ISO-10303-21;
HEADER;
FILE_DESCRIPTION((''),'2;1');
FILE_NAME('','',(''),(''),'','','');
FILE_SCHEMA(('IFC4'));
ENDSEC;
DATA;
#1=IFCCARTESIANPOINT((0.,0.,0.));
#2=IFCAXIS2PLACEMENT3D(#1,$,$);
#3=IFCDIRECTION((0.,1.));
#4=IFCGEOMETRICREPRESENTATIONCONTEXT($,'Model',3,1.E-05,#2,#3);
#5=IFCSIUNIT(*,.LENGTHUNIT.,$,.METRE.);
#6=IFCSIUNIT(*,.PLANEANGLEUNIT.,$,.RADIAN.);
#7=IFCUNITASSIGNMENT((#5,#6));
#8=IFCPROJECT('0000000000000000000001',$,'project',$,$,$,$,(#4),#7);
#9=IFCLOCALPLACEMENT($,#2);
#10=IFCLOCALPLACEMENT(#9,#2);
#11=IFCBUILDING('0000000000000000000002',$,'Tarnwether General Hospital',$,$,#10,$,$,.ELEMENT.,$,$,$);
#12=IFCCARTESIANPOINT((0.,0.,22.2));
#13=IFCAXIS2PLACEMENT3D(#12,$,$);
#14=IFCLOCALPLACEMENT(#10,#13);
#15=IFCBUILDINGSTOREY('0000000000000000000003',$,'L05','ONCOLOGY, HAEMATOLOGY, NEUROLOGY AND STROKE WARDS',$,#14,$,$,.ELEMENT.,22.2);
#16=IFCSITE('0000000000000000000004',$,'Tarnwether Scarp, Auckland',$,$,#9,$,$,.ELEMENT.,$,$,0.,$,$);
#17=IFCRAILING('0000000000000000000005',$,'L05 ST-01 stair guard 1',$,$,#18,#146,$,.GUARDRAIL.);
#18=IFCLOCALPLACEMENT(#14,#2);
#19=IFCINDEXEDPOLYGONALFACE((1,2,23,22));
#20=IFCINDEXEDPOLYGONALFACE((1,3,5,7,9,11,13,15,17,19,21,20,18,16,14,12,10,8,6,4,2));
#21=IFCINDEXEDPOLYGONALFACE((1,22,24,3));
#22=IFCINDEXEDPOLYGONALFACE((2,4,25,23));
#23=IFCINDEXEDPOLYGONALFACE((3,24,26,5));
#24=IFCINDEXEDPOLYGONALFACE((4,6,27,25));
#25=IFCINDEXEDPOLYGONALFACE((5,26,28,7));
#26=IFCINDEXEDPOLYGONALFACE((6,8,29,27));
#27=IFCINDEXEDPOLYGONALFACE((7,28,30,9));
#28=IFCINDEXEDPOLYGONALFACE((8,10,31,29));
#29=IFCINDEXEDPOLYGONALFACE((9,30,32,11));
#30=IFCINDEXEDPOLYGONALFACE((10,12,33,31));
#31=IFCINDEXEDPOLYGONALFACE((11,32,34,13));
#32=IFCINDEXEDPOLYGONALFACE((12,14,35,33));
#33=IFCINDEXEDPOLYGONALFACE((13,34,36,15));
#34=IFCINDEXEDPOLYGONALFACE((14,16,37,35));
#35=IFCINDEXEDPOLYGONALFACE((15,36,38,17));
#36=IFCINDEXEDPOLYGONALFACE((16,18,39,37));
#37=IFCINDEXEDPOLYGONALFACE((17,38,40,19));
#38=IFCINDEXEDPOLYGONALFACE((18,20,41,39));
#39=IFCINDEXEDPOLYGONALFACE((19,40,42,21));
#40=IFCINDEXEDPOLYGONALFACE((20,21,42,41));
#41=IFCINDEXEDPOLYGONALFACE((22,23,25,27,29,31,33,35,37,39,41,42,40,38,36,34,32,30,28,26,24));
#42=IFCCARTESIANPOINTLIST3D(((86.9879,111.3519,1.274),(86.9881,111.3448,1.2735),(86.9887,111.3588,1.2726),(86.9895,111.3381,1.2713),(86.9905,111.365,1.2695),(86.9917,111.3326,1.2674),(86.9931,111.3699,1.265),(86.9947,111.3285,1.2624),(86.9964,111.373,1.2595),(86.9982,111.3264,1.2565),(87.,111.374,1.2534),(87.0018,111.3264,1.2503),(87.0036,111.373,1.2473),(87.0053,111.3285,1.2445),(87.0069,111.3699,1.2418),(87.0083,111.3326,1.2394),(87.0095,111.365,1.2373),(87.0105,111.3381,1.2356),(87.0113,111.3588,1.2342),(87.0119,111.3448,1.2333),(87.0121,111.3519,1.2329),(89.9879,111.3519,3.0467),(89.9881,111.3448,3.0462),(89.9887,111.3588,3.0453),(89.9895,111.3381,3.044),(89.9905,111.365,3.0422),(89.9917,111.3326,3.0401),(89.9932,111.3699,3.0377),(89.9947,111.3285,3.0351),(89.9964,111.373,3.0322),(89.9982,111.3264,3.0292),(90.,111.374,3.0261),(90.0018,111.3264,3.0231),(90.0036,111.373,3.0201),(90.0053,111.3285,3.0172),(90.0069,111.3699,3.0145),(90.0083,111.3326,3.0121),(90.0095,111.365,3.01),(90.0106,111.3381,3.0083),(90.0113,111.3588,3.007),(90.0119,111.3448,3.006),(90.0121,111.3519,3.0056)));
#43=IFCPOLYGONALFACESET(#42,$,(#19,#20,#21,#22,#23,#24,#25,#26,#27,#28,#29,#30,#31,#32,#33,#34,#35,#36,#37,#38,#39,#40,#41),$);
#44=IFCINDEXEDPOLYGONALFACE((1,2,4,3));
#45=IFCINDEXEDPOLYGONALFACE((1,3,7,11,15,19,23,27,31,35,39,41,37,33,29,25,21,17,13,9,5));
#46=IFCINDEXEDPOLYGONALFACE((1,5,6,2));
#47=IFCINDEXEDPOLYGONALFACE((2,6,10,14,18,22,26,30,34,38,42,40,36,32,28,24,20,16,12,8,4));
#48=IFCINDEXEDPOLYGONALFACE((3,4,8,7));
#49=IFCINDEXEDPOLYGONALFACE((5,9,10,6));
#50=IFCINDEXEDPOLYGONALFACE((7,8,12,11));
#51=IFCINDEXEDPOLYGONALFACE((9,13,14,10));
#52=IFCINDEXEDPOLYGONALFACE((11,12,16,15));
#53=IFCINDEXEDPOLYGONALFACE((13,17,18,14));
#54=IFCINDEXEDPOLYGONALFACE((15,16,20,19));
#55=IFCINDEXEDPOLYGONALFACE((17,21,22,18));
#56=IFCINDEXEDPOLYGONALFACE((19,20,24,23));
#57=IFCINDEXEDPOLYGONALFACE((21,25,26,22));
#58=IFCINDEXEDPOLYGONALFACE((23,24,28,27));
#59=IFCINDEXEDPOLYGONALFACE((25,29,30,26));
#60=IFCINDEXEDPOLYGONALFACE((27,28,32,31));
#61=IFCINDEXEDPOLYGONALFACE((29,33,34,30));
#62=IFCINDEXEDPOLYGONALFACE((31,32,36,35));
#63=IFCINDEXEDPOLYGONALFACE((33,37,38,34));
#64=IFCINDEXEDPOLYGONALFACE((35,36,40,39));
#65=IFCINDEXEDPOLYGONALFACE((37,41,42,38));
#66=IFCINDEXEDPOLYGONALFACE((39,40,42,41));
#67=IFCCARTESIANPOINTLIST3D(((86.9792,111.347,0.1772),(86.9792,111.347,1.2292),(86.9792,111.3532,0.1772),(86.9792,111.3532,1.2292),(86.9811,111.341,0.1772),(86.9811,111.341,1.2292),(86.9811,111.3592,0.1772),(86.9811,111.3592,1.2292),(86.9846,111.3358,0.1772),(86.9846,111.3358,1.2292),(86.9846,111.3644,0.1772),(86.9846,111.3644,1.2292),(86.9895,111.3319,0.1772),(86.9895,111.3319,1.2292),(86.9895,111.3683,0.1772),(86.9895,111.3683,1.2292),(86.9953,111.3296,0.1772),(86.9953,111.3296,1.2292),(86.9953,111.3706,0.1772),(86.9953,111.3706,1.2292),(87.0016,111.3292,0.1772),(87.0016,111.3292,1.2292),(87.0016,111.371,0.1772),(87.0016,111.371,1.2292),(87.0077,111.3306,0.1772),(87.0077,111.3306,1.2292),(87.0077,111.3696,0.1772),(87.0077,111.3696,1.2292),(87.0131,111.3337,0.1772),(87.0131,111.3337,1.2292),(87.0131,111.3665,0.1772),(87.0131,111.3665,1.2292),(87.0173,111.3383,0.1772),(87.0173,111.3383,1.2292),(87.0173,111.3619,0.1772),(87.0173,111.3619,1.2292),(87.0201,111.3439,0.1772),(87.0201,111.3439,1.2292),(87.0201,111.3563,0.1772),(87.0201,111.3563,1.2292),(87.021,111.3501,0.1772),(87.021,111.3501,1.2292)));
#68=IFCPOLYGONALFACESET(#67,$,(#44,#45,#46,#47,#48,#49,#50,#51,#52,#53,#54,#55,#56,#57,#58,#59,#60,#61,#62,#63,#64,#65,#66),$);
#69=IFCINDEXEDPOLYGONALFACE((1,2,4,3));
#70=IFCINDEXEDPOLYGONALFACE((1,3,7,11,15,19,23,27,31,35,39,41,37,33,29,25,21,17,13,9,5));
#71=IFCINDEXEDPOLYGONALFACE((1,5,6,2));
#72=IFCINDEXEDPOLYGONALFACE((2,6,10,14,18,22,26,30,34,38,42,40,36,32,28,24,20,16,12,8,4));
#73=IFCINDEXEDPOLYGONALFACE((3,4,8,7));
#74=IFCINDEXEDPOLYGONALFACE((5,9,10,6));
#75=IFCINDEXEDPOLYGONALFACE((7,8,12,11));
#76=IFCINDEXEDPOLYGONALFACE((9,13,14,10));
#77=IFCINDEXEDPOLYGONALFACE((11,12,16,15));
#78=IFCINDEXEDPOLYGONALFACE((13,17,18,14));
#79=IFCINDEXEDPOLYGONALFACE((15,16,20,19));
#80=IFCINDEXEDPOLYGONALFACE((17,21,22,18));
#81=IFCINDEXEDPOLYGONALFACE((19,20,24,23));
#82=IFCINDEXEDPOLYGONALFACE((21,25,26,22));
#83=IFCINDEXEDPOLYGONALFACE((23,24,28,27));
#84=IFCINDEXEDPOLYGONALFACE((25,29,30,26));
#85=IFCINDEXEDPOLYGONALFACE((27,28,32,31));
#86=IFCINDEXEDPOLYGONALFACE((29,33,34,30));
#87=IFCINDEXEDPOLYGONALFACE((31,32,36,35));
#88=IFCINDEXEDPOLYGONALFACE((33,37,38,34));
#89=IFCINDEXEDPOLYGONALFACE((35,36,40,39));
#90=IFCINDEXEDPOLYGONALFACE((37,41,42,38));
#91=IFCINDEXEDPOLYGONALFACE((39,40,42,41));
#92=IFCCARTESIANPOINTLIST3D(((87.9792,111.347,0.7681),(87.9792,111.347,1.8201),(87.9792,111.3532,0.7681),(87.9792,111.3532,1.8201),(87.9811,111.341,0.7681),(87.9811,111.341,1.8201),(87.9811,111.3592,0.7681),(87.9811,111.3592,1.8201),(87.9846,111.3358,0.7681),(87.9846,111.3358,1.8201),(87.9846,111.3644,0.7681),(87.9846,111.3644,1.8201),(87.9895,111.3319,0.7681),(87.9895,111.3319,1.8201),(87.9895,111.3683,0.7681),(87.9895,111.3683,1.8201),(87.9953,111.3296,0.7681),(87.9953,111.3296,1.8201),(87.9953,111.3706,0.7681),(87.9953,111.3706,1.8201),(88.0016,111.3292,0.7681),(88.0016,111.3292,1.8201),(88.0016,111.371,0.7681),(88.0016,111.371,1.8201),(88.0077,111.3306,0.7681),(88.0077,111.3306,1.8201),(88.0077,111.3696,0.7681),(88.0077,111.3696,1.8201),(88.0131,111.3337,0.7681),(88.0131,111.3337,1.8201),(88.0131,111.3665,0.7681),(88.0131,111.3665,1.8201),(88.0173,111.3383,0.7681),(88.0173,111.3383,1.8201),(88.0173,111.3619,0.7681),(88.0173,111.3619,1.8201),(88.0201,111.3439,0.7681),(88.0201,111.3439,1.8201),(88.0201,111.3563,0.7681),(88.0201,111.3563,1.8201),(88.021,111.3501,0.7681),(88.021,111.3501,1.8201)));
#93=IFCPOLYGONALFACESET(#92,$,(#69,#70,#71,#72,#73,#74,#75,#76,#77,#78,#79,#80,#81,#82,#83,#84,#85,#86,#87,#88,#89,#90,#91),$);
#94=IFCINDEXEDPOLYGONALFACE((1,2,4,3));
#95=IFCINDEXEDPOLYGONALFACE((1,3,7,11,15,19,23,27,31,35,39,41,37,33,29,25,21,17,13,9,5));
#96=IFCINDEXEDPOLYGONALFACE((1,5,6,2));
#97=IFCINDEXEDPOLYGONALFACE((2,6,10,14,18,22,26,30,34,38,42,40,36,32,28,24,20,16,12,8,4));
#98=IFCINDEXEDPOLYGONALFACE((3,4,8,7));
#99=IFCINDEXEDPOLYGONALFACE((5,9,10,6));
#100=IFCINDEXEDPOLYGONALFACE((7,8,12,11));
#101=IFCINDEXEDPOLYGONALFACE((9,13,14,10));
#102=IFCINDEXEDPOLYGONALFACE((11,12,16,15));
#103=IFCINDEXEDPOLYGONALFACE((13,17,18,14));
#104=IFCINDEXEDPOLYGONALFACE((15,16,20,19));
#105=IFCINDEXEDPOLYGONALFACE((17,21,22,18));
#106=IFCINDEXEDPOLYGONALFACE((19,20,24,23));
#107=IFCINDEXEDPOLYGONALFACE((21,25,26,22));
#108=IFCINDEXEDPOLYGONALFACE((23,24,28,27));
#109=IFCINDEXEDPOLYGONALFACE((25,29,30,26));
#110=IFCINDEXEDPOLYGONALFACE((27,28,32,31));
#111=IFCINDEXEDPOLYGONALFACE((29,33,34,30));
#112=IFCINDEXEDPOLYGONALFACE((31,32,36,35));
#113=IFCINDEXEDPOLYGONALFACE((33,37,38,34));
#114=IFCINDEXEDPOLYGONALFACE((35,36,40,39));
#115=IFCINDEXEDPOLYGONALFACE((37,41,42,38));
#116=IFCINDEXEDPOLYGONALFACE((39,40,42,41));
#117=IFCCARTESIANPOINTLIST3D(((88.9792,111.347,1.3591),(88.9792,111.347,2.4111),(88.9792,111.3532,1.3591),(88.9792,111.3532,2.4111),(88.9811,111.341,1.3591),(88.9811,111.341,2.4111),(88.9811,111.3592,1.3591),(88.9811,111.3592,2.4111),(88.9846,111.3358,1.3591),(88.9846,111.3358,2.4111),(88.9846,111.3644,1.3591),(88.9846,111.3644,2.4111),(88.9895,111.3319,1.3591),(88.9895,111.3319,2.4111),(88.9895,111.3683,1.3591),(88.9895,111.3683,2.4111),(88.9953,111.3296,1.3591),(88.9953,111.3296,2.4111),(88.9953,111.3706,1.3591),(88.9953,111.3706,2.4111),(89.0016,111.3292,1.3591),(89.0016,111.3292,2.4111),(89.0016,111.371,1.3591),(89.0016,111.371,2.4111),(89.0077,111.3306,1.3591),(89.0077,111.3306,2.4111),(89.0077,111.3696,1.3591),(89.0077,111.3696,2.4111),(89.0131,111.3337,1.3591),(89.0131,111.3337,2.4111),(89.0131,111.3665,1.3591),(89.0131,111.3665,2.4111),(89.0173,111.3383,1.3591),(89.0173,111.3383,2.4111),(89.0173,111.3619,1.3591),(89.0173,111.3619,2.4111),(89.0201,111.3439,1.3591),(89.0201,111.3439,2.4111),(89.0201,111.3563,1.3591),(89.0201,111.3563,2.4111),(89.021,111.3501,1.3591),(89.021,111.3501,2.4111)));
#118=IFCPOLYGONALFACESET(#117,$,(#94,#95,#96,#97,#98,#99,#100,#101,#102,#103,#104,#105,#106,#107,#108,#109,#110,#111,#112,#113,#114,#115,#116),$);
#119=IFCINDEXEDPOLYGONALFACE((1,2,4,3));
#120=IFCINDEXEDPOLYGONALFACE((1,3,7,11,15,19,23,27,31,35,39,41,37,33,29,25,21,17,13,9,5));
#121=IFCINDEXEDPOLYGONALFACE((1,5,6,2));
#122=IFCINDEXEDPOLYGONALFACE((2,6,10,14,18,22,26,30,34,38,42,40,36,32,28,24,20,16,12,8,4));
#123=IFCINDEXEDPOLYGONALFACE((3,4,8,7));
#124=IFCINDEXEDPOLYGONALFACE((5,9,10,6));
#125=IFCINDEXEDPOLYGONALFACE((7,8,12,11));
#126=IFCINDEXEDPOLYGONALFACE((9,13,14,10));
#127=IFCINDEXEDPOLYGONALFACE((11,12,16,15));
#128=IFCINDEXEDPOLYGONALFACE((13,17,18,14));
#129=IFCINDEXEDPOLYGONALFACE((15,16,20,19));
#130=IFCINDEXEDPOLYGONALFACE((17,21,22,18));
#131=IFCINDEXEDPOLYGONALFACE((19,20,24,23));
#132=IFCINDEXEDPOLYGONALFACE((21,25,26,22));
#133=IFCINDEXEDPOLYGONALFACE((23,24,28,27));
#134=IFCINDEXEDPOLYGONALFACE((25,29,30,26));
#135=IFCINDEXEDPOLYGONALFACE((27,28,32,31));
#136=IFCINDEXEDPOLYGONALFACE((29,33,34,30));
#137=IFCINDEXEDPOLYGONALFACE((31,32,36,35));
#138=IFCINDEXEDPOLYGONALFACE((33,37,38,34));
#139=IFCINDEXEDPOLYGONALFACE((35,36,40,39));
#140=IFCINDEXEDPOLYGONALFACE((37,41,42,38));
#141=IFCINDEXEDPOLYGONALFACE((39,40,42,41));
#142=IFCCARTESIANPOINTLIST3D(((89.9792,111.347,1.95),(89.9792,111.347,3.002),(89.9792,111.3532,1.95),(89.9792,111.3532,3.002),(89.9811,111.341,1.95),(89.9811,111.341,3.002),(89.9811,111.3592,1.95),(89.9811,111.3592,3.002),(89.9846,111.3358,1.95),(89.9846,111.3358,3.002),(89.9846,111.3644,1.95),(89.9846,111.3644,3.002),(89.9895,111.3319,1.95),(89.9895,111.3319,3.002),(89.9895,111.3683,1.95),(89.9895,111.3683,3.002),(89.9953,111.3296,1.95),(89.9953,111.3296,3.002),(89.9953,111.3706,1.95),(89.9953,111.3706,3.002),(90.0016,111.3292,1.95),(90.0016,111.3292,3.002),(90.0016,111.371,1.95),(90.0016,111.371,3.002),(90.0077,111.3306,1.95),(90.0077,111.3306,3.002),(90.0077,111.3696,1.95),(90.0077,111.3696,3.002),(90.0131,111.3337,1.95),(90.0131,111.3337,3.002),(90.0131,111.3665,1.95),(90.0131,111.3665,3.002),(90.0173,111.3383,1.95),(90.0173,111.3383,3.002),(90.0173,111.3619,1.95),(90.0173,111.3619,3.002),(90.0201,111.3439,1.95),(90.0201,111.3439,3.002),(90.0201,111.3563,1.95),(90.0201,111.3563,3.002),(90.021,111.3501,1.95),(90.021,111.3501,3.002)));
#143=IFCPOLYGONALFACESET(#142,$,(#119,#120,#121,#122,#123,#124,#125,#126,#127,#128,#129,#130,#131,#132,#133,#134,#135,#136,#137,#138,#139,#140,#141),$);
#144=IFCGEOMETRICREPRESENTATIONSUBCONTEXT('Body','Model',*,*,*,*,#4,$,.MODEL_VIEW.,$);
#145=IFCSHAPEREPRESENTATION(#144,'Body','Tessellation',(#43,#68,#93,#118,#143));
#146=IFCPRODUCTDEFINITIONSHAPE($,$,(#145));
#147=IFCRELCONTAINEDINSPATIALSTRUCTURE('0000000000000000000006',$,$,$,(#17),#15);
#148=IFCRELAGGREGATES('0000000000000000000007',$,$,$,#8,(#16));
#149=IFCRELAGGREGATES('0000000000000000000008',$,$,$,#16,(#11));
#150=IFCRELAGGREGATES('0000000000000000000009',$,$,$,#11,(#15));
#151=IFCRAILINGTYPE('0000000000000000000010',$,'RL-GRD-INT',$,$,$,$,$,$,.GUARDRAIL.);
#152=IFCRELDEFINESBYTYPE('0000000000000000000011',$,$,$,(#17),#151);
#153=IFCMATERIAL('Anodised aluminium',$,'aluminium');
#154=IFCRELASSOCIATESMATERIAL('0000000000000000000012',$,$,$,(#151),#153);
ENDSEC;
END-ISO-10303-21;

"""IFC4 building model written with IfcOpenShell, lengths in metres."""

from ifc_helpers import new_model, si_unit, direction, frame, origin, origin_2d, place, context, subcontext, project, spatial, circle, extrude, material, type_object, element, save


model = new_model("IFC4")

# Units and contexts
model_context = context("Model", 3, precision=1e-05, world=origin(), true_north=direction((0.0, 1.0)))
body_context = subcontext(model_context, "Body", "Model", "MODEL_VIEW")
ifc_project = project(units=[si_unit("LENGTHUNIT", "METRE"), si_unit("PLANEANGLEUNIT", "RADIAN")], contexts=[model_context])

# Site, building, storey
site_placement = place(None, origin())
site = spatial("IfcSite", under=ifc_project, at=site_placement, Name="Tarnwether Scarp, Auckland", CompositionType="ELEMENT", RefElevation=0.0)
building_placement = place(site_placement, origin())
building = spatial("IfcBuilding", under=site, at=building_placement, Name="Tarnwether General Hospital", CompositionType="ELEMENT")
storey_placement = place(building_placement, frame((0.0, 0.0, 22.2)))
storey = spatial("IfcBuildingStorey", under=building, at=storey_placement, Name="L05", Description="ONCOLOGY, HAEMATOLOGY, NEUROLOGY AND STROKE WARDS", CompositionType="ELEMENT", Elevation=22.2)

# Railing
ifc_material_1 = material(Name="Anodised aluminium", Category="aluminium")
railing_type_1 = type_object("IfcRailingType", Name="RL-GRD-INT", PredefinedType="GUARDRAIL", material=ifc_material_1)
railing_1_placement = place(storey_placement, frame((87.0, 111.3501, 0.1772)))
element("IfcRailing", 1, at=railing_1_placement, inside=storey, type_object=railing_type_1, Name="L05 ST-01 stair guard 1", PredefinedType="GUARDRAIL", context=body_context, shape_type="SweptSolid", body=[
    extrude(circle(Radius=0.0239, at=origin_2d()), frame((0.0, 0.0, 1.0762), z_axis=(0.860929, 0.0, 0.508725), x_axis=(0.0, 1.0, 0.0)), (0.0, 0.0, 1.0), 3.4846),
    extrude(circle(Radius=0.021, at=origin_2d()), origin(), (0.0, 0.0, 1.0), 1.052),
    extrude(circle(Radius=0.021, at=origin_2d()), frame((1.0, 0.0, 0.5908)), (0.0, 0.0, 1.0), 1.052),
    extrude(circle(Radius=0.021, at=origin_2d()), frame((2.0, 0.0, 1.1819)), (0.0, 0.0, 1.0), 1.052),
    extrude(circle(Radius=0.021, at=origin_2d()), frame((3.0, 0.0, 1.7727)), (0.0, 0.0, 1.0), 1.052),
])

save(model, "model.ifc")
